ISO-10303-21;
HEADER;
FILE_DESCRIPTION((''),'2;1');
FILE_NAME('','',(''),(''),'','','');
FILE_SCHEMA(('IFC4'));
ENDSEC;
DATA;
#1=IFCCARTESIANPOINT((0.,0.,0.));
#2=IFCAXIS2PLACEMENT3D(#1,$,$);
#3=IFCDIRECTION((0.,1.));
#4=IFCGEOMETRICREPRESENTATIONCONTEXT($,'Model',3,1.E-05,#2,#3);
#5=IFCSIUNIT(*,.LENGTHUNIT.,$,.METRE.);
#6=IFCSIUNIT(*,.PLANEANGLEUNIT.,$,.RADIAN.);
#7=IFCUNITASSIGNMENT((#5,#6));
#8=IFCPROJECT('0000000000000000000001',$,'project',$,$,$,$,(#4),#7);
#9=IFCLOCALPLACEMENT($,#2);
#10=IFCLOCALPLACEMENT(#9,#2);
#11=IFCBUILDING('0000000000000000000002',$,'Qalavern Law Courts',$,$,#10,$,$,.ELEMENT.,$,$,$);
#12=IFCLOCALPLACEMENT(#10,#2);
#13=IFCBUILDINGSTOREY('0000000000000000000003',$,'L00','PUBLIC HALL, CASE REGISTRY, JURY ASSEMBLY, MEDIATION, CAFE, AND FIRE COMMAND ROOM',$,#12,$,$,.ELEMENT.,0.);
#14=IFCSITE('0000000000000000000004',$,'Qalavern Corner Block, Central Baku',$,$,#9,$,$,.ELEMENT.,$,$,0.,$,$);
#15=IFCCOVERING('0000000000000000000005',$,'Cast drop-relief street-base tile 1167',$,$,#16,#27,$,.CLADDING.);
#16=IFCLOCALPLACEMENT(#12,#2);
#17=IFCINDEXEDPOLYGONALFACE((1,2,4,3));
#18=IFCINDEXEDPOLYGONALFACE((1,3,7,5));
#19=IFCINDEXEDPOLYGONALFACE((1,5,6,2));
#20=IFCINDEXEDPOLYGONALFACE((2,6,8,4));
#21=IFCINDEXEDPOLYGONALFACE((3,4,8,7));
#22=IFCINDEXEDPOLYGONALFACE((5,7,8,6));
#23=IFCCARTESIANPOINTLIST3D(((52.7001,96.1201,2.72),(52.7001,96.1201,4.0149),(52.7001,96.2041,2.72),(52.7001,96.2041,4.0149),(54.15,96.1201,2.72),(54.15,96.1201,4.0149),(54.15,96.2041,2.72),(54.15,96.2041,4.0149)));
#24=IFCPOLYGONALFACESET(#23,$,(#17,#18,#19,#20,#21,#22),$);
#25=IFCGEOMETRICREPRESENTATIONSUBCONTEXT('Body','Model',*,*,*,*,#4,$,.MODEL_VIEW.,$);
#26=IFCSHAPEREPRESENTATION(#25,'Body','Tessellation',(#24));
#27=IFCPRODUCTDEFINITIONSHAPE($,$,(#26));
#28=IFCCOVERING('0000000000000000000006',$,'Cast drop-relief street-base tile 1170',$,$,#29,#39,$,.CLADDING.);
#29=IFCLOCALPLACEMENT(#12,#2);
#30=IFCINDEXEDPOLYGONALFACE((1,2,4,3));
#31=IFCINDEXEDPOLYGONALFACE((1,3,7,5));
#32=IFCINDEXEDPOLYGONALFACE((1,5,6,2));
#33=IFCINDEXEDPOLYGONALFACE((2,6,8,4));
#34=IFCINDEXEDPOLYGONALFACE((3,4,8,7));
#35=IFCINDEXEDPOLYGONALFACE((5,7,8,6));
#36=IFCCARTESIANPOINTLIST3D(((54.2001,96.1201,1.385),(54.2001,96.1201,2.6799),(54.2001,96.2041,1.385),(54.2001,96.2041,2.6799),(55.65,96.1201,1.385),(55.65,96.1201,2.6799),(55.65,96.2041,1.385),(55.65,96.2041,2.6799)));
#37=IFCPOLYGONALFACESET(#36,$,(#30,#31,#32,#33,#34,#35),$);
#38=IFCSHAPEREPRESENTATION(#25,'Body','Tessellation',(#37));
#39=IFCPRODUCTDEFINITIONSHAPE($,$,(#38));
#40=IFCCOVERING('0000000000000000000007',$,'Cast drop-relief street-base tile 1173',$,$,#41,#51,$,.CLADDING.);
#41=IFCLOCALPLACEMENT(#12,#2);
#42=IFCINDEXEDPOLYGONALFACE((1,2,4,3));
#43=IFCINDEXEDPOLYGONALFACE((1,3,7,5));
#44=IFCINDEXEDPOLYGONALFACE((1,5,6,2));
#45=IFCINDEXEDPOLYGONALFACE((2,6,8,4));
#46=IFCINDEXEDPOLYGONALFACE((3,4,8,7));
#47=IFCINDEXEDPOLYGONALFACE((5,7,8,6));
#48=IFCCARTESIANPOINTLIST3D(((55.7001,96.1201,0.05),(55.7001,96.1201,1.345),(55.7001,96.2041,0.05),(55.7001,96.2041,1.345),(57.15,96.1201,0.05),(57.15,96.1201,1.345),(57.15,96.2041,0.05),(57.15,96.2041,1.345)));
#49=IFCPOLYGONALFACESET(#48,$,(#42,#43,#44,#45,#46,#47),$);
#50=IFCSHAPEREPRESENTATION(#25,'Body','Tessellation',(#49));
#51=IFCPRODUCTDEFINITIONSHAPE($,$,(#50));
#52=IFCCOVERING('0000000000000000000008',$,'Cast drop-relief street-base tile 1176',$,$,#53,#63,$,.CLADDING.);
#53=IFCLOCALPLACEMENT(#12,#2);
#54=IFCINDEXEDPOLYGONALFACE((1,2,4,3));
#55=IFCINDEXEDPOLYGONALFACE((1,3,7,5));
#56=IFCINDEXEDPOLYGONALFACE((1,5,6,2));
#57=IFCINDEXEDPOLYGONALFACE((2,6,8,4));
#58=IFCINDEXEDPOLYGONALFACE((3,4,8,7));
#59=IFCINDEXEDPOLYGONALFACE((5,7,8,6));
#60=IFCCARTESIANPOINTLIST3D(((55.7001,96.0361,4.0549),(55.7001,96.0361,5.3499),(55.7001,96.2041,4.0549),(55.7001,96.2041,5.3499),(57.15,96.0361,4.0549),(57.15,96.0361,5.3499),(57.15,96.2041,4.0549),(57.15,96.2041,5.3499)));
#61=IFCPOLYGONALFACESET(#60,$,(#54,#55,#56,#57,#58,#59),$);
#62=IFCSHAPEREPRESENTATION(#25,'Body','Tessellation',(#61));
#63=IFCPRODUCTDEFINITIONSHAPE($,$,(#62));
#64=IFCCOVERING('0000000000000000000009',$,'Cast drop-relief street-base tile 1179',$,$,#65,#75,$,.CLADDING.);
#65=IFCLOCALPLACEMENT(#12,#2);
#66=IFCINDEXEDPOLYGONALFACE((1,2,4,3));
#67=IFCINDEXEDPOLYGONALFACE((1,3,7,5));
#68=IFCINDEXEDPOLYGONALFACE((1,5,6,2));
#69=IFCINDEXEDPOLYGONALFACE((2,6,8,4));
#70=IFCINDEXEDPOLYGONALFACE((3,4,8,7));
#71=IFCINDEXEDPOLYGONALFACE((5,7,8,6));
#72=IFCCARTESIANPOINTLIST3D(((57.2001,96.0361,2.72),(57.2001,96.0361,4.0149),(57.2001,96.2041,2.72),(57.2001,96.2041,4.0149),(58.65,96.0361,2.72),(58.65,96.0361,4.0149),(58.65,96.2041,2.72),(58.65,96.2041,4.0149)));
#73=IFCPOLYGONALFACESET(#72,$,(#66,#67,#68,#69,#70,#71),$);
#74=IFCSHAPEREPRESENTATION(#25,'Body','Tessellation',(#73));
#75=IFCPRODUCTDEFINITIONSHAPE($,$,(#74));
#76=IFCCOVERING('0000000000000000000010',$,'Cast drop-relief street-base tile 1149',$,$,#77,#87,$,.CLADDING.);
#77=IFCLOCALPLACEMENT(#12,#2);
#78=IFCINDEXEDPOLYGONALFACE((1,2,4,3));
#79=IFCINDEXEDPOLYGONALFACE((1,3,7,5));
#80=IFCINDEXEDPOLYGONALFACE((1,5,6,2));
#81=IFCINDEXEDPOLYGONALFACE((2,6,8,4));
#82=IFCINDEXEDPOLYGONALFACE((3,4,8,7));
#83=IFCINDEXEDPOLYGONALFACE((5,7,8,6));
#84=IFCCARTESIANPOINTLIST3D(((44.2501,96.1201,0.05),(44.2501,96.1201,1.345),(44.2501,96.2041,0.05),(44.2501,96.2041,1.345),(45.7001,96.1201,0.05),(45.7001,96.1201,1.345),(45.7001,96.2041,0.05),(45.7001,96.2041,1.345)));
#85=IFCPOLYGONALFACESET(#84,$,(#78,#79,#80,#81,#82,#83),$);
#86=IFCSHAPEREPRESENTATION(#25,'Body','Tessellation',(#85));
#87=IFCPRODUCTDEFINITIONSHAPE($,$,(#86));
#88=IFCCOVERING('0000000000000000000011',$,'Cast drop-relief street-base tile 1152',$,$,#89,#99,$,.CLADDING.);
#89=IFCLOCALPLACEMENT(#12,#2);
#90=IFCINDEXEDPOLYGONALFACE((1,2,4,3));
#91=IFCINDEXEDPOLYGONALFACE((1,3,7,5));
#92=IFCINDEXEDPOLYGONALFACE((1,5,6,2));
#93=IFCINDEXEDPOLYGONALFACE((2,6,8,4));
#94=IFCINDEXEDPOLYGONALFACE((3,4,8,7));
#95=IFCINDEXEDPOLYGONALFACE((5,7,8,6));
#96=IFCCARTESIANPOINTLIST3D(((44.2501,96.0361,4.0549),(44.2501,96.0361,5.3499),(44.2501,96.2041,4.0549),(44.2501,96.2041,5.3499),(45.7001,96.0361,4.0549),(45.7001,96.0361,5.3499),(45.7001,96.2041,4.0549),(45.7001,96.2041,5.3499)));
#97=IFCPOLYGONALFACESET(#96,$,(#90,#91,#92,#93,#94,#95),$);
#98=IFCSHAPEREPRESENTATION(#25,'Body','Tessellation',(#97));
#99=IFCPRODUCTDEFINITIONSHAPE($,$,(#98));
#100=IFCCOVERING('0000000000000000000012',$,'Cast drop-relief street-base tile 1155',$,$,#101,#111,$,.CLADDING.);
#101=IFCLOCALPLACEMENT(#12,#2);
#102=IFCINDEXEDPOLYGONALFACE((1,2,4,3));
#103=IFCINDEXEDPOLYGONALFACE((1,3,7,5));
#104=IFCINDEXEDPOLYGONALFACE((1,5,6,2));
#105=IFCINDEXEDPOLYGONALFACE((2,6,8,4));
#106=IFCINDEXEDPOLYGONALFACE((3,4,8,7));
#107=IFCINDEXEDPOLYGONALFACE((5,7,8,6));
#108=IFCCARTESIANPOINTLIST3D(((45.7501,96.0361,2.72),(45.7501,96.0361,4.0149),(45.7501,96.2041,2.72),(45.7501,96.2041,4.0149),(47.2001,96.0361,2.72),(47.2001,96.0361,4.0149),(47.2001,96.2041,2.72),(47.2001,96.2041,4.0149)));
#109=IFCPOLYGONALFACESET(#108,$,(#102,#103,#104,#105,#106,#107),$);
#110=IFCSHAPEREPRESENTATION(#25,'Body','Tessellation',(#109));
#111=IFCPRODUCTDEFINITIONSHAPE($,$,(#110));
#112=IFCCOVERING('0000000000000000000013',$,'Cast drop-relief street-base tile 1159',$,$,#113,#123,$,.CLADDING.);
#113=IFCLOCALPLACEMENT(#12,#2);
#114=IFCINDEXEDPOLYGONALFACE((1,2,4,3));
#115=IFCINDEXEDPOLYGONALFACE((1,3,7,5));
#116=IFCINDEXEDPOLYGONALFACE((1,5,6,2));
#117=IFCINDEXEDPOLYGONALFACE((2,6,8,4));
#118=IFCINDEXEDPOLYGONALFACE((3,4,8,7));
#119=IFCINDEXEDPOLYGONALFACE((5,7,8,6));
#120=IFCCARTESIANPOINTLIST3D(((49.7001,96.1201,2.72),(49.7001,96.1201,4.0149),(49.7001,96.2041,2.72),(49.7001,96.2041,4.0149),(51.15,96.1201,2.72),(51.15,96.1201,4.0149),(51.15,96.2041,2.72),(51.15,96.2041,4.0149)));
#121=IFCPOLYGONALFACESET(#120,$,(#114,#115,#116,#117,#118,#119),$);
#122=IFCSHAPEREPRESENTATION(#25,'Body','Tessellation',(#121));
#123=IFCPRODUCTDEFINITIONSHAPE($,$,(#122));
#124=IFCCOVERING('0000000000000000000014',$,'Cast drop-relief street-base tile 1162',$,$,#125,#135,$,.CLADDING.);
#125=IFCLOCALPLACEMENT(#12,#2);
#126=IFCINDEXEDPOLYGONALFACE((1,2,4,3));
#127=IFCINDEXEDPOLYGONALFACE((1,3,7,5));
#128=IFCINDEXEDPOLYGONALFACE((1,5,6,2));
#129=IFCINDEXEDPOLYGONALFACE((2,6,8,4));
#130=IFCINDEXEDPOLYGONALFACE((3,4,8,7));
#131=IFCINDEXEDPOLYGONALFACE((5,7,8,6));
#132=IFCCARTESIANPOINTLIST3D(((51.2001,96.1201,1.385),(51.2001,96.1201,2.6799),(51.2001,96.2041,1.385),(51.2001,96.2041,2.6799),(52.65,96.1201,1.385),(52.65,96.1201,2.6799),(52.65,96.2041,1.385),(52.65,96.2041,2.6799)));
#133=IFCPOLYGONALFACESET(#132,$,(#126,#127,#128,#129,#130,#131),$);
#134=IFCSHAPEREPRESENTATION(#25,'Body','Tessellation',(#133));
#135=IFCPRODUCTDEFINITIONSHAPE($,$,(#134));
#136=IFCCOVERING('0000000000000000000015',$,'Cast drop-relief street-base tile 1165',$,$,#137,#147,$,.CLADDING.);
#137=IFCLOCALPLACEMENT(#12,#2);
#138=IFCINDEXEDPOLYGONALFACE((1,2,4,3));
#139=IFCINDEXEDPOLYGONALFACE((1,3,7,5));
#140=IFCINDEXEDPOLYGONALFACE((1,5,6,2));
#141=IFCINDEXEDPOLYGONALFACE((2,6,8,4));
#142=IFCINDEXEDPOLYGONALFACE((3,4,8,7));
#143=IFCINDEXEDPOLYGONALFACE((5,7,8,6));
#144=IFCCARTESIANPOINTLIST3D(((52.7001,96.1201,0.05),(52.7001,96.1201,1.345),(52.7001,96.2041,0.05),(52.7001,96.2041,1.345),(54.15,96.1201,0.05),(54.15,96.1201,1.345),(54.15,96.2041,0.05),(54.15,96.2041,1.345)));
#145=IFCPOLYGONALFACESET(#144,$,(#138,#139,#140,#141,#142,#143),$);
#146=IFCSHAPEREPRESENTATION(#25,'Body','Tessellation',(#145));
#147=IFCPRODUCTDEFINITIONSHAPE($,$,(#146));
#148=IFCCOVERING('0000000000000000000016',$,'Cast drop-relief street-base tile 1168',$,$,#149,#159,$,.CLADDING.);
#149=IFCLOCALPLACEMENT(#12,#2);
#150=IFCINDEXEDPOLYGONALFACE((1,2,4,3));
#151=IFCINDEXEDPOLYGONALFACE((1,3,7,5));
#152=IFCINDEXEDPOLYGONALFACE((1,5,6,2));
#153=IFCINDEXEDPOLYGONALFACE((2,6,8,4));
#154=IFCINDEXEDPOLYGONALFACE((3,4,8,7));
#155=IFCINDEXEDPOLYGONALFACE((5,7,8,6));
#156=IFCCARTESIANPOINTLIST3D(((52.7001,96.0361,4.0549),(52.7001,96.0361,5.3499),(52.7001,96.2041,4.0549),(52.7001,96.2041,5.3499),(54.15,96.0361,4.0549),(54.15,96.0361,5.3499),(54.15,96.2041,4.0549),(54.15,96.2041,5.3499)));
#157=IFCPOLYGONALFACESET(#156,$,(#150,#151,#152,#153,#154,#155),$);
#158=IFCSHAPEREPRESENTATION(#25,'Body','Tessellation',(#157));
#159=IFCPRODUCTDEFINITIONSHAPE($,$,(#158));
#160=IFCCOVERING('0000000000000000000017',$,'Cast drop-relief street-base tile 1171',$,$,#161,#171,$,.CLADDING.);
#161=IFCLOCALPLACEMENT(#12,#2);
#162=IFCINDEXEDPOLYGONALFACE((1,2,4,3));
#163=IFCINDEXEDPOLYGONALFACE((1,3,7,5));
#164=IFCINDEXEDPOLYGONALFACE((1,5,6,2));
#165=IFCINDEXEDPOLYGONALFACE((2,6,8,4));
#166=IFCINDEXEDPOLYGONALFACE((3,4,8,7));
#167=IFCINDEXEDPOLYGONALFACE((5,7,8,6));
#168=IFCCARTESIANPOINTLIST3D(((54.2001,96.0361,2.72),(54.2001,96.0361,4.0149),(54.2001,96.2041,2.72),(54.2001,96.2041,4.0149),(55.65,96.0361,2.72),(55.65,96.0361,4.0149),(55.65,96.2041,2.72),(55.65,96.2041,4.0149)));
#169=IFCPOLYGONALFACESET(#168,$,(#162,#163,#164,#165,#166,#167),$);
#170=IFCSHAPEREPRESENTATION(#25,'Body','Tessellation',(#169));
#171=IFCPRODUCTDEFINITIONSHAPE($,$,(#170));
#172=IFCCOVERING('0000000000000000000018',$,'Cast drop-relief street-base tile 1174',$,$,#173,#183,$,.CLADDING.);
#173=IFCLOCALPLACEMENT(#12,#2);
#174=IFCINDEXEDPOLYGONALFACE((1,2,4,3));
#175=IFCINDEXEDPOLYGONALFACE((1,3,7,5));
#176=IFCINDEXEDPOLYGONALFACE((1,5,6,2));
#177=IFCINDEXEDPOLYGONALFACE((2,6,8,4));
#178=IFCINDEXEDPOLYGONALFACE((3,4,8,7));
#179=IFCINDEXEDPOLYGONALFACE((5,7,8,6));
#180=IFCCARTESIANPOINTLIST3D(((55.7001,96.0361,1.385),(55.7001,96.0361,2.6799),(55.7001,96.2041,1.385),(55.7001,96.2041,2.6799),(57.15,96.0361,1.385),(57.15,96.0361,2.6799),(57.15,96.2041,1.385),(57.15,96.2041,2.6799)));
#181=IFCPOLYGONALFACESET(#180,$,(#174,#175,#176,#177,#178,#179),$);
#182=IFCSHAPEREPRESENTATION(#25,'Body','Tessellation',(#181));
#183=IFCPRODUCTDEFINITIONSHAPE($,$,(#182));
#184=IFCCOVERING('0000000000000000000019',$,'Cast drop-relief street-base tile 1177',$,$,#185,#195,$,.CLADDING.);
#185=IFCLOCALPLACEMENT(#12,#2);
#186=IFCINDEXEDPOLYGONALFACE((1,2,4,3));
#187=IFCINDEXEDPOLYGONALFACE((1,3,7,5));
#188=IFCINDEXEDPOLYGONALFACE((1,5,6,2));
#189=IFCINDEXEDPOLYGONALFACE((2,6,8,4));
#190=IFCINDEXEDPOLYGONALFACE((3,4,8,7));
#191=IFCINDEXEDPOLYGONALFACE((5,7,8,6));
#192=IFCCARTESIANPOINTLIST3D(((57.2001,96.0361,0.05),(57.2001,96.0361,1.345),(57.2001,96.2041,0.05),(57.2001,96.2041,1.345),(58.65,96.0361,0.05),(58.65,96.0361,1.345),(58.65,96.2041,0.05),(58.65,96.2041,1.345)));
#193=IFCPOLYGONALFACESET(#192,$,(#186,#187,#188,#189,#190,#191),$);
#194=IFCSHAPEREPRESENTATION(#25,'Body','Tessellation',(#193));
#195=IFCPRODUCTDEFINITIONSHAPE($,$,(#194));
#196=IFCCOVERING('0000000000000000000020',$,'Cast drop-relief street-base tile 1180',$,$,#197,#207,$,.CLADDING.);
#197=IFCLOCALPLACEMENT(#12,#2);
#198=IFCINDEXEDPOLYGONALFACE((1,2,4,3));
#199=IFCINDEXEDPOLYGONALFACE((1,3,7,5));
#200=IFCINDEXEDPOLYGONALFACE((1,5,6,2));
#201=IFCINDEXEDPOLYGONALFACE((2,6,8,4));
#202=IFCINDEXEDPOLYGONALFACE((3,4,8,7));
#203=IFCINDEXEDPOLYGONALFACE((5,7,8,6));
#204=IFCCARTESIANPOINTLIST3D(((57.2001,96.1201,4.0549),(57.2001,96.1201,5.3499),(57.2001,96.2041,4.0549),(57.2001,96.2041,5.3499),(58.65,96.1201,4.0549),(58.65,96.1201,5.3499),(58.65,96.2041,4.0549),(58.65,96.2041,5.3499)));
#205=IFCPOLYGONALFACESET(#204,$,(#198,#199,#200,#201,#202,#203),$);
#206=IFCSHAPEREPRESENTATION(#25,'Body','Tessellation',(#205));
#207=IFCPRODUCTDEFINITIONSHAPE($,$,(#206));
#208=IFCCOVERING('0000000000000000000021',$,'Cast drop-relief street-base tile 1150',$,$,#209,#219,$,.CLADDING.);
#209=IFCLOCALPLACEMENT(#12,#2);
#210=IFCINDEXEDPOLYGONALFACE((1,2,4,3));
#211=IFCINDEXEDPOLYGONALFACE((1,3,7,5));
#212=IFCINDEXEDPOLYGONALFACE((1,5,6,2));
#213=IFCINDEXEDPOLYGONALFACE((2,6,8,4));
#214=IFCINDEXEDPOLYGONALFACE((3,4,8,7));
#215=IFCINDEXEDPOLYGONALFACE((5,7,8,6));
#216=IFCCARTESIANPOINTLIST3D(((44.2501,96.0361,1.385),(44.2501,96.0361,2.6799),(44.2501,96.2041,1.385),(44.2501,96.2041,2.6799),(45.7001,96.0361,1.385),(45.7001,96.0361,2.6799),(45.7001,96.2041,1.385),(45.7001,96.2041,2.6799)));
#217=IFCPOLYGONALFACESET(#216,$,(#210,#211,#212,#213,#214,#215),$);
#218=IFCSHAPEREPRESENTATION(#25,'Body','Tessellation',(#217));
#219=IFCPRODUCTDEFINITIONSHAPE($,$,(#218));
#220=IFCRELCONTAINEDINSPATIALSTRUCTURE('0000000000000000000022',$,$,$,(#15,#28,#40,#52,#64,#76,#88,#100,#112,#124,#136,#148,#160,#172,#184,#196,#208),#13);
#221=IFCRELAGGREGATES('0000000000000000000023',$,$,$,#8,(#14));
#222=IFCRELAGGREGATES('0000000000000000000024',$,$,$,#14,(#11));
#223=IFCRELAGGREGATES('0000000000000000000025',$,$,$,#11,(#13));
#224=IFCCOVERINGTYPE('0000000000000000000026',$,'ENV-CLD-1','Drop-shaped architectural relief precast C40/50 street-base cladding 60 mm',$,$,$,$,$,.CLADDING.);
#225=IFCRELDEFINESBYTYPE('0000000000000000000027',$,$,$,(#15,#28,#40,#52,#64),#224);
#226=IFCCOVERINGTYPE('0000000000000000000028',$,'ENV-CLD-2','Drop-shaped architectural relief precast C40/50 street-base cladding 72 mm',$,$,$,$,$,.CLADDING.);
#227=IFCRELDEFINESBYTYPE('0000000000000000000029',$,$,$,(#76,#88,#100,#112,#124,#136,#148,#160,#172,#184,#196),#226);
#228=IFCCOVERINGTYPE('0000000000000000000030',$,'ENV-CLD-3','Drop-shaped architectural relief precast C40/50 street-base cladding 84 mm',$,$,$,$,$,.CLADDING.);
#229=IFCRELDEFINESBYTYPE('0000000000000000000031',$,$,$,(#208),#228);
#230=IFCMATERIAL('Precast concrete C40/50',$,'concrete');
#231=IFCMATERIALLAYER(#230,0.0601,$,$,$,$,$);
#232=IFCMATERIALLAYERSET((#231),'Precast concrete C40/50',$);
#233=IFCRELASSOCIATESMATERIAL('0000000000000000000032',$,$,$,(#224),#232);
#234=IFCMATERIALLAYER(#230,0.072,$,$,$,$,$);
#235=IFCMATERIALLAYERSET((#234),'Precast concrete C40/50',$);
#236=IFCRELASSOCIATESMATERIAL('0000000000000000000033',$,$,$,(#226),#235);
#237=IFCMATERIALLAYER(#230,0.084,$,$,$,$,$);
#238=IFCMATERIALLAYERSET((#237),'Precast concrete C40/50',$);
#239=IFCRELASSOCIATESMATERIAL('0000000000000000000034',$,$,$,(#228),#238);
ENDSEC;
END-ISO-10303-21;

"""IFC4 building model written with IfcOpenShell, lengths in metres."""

from ifc_helpers import new_model, si_unit, direction, frame, origin, origin_2d, place, context, subcontext, project, spatial, rectangle, extrude, material, layer, layer_set, type_object, element, save


model = new_model("IFC4")

# Units and contexts
model_context = context("Model", 3, precision=1e-05, world=origin(), true_north=direction((0.0, 1.0)))
body_context = subcontext(model_context, "Body", "Model", "MODEL_VIEW")
ifc_project = project(units=[si_unit("LENGTHUNIT", "METRE"), si_unit("PLANEANGLEUNIT", "RADIAN")], contexts=[model_context])

# Site, building, storey
site_placement = place(None, origin())
site = spatial("IfcSite", under=ifc_project, at=site_placement, Name="Qalavern Corner Block, Central Baku", CompositionType="ELEMENT", RefElevation=0.0)
building_placement = place(site_placement, origin())
building = spatial("IfcBuilding", under=site, at=building_placement, Name="Qalavern Law Courts", CompositionType="ELEMENT")
storey_placement = place(building_placement, origin())
storey = spatial("IfcBuildingStorey", under=building, at=storey_placement, Name="L00", Description="PUBLIC HALL, CASE REGISTRY, JURY ASSEMBLY, MEDIATION, CAFE, AND FIRE COMMAND ROOM", CompositionType="ELEMENT", Elevation=0.0)

# Coverings
ifc_material_1 = material(Name="Precast concrete C40/50", Category="concrete")
ifc_layer_1 = layer(ifc_material_1, 0.0601)
ifc_layer_set_1 = layer_set([ifc_layer_1], Name="Precast concrete C40/50")
covering_type_1 = type_object("IfcCoveringType", Name="ENV-CLD-1", Description="Drop-shaped architectural relief precast C40/50 street-base cladding 60 mm", PredefinedType="CLADDING", material=ifc_layer_set_1)
for number, where, z_axis, x_axis, name in (
    (1, (53.425, 96.1621, 2.72), (0.0, 0.0, 1.0), (1.0, 0.0, 0.0), "Cast drop-relief street-base tile 1167"),
    (2, (54.925, 96.1621, 1.385), (0.0, 0.0, 1.0), (1.0, 0.0, 0.0), "Cast drop-relief street-base tile 1170"),
    (3, (56.425, 96.1621, 0.05), (0.0, 0.0, 1.0), (1.0, 0.0, 0.0), "Cast drop-relief street-base tile 1173"),
):
    element("IfcCovering", number, at=place(storey_placement, frame(where, z_axis=z_axis, x_axis=x_axis)), inside=storey, type_object=covering_type_1, Name=name, PredefinedType="CLADDING", context=body_context, shape_type="SweptSolid", body=[
        extrude(rectangle(XDim=1.45, YDim=0.084, at=origin_2d()), origin(), (0.0, 0.0, 1.0), 1.2949),
    ])
for number, where, z_axis, x_axis, name in (
    (4, (56.425, 96.1201, 4.0549), (0.0, 0.0, 1.0), (1.0, 0.0, 0.0), "Cast drop-relief street-base tile 1176"),
    (5, (57.925, 96.1201, 2.72), (0.0, 0.0, 1.0), (1.0, 0.0, 0.0), "Cast drop-relief street-base tile 1179"),
):
    element("IfcCovering", number, at=place(storey_placement, frame(where, z_axis=z_axis, x_axis=x_axis)), inside=storey, type_object=covering_type_1, Name=name, PredefinedType="CLADDING", context=body_context, shape_type="SweptSolid", body=[
        extrude(rectangle(XDim=1.45, YDim=0.168, at=origin_2d()), origin(), (0.0, 0.0, 1.0), 1.2949),
    ])
ifc_layer_2 = layer(ifc_material_1, 0.072)
ifc_layer_set_2 = layer_set([ifc_layer_2], Name="Precast concrete C40/50")
covering_type_2 = type_object("IfcCoveringType", Name="ENV-CLD-2", Description="Drop-shaped architectural relief precast C40/50 street-base cladding 72 mm", PredefinedType="CLADDING", material=ifc_layer_set_2)
covering_1_placement = place(storey_placement, frame((44.9751, 96.1621, 0.05), z_axis=(0.0, 0.0, 1.0), x_axis=(1.0, 0.0, 0.0)))
element("IfcCovering", 6, at=covering_1_placement, inside=storey, type_object=covering_type_2, Name="Cast drop-relief street-base tile 1149", PredefinedType="CLADDING", context=body_context, shape_type="SweptSolid", body=[
    extrude(rectangle(XDim=1.45, YDim=0.084, at=origin_2d()), origin(), (0.0, 0.0, 1.0), 1.2949),
])
for number, where, z_axis, x_axis, name in (
    (7, (44.9751, 96.1201, 4.0549), (0.0, 0.0, 1.0), (1.0, 0.0, 0.0), "Cast drop-relief street-base tile 1152"),
    (8, (46.4751, 96.1201, 2.72), (0.0, 0.0, 1.0), (1.0, 0.0, 0.0), "Cast drop-relief street-base tile 1155"),
):
    element("IfcCovering", number, at=place(storey_placement, frame(where, z_axis=z_axis, x_axis=x_axis)), inside=storey, type_object=covering_type_2, Name=name, PredefinedType="CLADDING", context=body_context, shape_type="SweptSolid", body=[
        extrude(rectangle(XDim=1.45, YDim=0.168, at=origin_2d()), origin(), (0.0, 0.0, 1.0), 1.2949),
    ])
for number, where, z_axis, x_axis, name in (
    (9, (50.425, 96.1621, 2.72), (0.0, 0.0, 1.0), (1.0, 0.0, 0.0), "Cast drop-relief street-base tile 1159"),
    (10, (51.925, 96.1621, 1.385), (0.0, 0.0, 1.0), (1.0, 0.0, 0.0), "Cast drop-relief street-base tile 1162"),
    (11, (53.425, 96.1621, 0.05), (0.0, 0.0, 1.0), (1.0, 0.0, 0.0), "Cast drop-relief street-base tile 1165"),
):
    element("IfcCovering", number, at=place(storey_placement, frame(where, z_axis=z_axis, x_axis=x_axis)), inside=storey, type_object=covering_type_2, Name=name, PredefinedType="CLADDING", context=body_context, shape_type="SweptSolid", body=[
        extrude(rectangle(XDim=1.45, YDim=0.084, at=origin_2d()), origin(), (0.0, 0.0, 1.0), 1.2949),
    ])
for number, where, z_axis, x_axis, name in (
    (12, (53.425, 96.1201, 4.0549), (0.0, 0.0, 1.0), (1.0, 0.0, 0.0), "Cast drop-relief street-base tile 1168"),
    (13, (54.925, 96.1201, 2.72), (0.0, 0.0, 1.0), (1.0, 0.0, 0.0), "Cast drop-relief street-base tile 1171"),
    (14, (56.425, 96.1201, 1.385), (0.0, 0.0, 1.0), (1.0, 0.0, 0.0), "Cast drop-relief street-base tile 1174"),
    (15, (57.925, 96.1201, 0.05), (0.0, 0.0, 1.0), (1.0, 0.0, 0.0), "Cast drop-relief street-base tile 1177"),
):
    element("IfcCovering", number, at=place(storey_placement, frame(where, z_axis=z_axis, x_axis=x_axis)), inside=storey, type_object=covering_type_2, Name=name, PredefinedType="CLADDING", context=body_context, shape_type="SweptSolid", body=[
        extrude(rectangle(XDim=1.45, YDim=0.168, at=origin_2d()), origin(), (0.0, 0.0, 1.0), 1.2949),
    ])
covering_2_placement = place(storey_placement, frame((57.925, 96.1621, 4.0549), z_axis=(0.0, 0.0, 1.0), x_axis=(1.0, 0.0, 0.0)))
element("IfcCovering", 16, at=covering_2_placement, inside=storey, type_object=covering_type_2, Name="Cast drop-relief street-base tile 1180", PredefinedType="CLADDING", context=body_context, shape_type="SweptSolid", body=[
    extrude(rectangle(XDim=1.45, YDim=0.084, at=origin_2d()), origin(), (0.0, 0.0, 1.0), 1.2949),
])
ifc_layer_3 = layer(ifc_material_1, 0.084)
ifc_layer_set_3 = layer_set([ifc_layer_3], Name="Precast concrete C40/50")
covering_type_3 = type_object("IfcCoveringType", Name="ENV-CLD-3", Description="Drop-shaped architectural relief precast C40/50 street-base cladding 84 mm", PredefinedType="CLADDING", material=ifc_layer_set_3)
for number, where, z_axis, x_axis, name in (
    (17, (44.9751, 96.1201, 1.385), (0.0, 0.0, 1.0), (1.0, 0.0, 0.0), "Cast drop-relief street-base tile 1150"),
):
    element("IfcCovering", number, at=place(storey_placement, frame(where, z_axis=z_axis, x_axis=x_axis)), inside=storey, type_object=covering_type_3, Name=name, PredefinedType="CLADDING", context=body_context, shape_type="SweptSolid", body=[
        extrude(rectangle(XDim=1.45, YDim=0.168, at=origin_2d()), origin(), (0.0, 0.0, 1.0), 1.2949),
    ])

save(model, "model.ifc")
